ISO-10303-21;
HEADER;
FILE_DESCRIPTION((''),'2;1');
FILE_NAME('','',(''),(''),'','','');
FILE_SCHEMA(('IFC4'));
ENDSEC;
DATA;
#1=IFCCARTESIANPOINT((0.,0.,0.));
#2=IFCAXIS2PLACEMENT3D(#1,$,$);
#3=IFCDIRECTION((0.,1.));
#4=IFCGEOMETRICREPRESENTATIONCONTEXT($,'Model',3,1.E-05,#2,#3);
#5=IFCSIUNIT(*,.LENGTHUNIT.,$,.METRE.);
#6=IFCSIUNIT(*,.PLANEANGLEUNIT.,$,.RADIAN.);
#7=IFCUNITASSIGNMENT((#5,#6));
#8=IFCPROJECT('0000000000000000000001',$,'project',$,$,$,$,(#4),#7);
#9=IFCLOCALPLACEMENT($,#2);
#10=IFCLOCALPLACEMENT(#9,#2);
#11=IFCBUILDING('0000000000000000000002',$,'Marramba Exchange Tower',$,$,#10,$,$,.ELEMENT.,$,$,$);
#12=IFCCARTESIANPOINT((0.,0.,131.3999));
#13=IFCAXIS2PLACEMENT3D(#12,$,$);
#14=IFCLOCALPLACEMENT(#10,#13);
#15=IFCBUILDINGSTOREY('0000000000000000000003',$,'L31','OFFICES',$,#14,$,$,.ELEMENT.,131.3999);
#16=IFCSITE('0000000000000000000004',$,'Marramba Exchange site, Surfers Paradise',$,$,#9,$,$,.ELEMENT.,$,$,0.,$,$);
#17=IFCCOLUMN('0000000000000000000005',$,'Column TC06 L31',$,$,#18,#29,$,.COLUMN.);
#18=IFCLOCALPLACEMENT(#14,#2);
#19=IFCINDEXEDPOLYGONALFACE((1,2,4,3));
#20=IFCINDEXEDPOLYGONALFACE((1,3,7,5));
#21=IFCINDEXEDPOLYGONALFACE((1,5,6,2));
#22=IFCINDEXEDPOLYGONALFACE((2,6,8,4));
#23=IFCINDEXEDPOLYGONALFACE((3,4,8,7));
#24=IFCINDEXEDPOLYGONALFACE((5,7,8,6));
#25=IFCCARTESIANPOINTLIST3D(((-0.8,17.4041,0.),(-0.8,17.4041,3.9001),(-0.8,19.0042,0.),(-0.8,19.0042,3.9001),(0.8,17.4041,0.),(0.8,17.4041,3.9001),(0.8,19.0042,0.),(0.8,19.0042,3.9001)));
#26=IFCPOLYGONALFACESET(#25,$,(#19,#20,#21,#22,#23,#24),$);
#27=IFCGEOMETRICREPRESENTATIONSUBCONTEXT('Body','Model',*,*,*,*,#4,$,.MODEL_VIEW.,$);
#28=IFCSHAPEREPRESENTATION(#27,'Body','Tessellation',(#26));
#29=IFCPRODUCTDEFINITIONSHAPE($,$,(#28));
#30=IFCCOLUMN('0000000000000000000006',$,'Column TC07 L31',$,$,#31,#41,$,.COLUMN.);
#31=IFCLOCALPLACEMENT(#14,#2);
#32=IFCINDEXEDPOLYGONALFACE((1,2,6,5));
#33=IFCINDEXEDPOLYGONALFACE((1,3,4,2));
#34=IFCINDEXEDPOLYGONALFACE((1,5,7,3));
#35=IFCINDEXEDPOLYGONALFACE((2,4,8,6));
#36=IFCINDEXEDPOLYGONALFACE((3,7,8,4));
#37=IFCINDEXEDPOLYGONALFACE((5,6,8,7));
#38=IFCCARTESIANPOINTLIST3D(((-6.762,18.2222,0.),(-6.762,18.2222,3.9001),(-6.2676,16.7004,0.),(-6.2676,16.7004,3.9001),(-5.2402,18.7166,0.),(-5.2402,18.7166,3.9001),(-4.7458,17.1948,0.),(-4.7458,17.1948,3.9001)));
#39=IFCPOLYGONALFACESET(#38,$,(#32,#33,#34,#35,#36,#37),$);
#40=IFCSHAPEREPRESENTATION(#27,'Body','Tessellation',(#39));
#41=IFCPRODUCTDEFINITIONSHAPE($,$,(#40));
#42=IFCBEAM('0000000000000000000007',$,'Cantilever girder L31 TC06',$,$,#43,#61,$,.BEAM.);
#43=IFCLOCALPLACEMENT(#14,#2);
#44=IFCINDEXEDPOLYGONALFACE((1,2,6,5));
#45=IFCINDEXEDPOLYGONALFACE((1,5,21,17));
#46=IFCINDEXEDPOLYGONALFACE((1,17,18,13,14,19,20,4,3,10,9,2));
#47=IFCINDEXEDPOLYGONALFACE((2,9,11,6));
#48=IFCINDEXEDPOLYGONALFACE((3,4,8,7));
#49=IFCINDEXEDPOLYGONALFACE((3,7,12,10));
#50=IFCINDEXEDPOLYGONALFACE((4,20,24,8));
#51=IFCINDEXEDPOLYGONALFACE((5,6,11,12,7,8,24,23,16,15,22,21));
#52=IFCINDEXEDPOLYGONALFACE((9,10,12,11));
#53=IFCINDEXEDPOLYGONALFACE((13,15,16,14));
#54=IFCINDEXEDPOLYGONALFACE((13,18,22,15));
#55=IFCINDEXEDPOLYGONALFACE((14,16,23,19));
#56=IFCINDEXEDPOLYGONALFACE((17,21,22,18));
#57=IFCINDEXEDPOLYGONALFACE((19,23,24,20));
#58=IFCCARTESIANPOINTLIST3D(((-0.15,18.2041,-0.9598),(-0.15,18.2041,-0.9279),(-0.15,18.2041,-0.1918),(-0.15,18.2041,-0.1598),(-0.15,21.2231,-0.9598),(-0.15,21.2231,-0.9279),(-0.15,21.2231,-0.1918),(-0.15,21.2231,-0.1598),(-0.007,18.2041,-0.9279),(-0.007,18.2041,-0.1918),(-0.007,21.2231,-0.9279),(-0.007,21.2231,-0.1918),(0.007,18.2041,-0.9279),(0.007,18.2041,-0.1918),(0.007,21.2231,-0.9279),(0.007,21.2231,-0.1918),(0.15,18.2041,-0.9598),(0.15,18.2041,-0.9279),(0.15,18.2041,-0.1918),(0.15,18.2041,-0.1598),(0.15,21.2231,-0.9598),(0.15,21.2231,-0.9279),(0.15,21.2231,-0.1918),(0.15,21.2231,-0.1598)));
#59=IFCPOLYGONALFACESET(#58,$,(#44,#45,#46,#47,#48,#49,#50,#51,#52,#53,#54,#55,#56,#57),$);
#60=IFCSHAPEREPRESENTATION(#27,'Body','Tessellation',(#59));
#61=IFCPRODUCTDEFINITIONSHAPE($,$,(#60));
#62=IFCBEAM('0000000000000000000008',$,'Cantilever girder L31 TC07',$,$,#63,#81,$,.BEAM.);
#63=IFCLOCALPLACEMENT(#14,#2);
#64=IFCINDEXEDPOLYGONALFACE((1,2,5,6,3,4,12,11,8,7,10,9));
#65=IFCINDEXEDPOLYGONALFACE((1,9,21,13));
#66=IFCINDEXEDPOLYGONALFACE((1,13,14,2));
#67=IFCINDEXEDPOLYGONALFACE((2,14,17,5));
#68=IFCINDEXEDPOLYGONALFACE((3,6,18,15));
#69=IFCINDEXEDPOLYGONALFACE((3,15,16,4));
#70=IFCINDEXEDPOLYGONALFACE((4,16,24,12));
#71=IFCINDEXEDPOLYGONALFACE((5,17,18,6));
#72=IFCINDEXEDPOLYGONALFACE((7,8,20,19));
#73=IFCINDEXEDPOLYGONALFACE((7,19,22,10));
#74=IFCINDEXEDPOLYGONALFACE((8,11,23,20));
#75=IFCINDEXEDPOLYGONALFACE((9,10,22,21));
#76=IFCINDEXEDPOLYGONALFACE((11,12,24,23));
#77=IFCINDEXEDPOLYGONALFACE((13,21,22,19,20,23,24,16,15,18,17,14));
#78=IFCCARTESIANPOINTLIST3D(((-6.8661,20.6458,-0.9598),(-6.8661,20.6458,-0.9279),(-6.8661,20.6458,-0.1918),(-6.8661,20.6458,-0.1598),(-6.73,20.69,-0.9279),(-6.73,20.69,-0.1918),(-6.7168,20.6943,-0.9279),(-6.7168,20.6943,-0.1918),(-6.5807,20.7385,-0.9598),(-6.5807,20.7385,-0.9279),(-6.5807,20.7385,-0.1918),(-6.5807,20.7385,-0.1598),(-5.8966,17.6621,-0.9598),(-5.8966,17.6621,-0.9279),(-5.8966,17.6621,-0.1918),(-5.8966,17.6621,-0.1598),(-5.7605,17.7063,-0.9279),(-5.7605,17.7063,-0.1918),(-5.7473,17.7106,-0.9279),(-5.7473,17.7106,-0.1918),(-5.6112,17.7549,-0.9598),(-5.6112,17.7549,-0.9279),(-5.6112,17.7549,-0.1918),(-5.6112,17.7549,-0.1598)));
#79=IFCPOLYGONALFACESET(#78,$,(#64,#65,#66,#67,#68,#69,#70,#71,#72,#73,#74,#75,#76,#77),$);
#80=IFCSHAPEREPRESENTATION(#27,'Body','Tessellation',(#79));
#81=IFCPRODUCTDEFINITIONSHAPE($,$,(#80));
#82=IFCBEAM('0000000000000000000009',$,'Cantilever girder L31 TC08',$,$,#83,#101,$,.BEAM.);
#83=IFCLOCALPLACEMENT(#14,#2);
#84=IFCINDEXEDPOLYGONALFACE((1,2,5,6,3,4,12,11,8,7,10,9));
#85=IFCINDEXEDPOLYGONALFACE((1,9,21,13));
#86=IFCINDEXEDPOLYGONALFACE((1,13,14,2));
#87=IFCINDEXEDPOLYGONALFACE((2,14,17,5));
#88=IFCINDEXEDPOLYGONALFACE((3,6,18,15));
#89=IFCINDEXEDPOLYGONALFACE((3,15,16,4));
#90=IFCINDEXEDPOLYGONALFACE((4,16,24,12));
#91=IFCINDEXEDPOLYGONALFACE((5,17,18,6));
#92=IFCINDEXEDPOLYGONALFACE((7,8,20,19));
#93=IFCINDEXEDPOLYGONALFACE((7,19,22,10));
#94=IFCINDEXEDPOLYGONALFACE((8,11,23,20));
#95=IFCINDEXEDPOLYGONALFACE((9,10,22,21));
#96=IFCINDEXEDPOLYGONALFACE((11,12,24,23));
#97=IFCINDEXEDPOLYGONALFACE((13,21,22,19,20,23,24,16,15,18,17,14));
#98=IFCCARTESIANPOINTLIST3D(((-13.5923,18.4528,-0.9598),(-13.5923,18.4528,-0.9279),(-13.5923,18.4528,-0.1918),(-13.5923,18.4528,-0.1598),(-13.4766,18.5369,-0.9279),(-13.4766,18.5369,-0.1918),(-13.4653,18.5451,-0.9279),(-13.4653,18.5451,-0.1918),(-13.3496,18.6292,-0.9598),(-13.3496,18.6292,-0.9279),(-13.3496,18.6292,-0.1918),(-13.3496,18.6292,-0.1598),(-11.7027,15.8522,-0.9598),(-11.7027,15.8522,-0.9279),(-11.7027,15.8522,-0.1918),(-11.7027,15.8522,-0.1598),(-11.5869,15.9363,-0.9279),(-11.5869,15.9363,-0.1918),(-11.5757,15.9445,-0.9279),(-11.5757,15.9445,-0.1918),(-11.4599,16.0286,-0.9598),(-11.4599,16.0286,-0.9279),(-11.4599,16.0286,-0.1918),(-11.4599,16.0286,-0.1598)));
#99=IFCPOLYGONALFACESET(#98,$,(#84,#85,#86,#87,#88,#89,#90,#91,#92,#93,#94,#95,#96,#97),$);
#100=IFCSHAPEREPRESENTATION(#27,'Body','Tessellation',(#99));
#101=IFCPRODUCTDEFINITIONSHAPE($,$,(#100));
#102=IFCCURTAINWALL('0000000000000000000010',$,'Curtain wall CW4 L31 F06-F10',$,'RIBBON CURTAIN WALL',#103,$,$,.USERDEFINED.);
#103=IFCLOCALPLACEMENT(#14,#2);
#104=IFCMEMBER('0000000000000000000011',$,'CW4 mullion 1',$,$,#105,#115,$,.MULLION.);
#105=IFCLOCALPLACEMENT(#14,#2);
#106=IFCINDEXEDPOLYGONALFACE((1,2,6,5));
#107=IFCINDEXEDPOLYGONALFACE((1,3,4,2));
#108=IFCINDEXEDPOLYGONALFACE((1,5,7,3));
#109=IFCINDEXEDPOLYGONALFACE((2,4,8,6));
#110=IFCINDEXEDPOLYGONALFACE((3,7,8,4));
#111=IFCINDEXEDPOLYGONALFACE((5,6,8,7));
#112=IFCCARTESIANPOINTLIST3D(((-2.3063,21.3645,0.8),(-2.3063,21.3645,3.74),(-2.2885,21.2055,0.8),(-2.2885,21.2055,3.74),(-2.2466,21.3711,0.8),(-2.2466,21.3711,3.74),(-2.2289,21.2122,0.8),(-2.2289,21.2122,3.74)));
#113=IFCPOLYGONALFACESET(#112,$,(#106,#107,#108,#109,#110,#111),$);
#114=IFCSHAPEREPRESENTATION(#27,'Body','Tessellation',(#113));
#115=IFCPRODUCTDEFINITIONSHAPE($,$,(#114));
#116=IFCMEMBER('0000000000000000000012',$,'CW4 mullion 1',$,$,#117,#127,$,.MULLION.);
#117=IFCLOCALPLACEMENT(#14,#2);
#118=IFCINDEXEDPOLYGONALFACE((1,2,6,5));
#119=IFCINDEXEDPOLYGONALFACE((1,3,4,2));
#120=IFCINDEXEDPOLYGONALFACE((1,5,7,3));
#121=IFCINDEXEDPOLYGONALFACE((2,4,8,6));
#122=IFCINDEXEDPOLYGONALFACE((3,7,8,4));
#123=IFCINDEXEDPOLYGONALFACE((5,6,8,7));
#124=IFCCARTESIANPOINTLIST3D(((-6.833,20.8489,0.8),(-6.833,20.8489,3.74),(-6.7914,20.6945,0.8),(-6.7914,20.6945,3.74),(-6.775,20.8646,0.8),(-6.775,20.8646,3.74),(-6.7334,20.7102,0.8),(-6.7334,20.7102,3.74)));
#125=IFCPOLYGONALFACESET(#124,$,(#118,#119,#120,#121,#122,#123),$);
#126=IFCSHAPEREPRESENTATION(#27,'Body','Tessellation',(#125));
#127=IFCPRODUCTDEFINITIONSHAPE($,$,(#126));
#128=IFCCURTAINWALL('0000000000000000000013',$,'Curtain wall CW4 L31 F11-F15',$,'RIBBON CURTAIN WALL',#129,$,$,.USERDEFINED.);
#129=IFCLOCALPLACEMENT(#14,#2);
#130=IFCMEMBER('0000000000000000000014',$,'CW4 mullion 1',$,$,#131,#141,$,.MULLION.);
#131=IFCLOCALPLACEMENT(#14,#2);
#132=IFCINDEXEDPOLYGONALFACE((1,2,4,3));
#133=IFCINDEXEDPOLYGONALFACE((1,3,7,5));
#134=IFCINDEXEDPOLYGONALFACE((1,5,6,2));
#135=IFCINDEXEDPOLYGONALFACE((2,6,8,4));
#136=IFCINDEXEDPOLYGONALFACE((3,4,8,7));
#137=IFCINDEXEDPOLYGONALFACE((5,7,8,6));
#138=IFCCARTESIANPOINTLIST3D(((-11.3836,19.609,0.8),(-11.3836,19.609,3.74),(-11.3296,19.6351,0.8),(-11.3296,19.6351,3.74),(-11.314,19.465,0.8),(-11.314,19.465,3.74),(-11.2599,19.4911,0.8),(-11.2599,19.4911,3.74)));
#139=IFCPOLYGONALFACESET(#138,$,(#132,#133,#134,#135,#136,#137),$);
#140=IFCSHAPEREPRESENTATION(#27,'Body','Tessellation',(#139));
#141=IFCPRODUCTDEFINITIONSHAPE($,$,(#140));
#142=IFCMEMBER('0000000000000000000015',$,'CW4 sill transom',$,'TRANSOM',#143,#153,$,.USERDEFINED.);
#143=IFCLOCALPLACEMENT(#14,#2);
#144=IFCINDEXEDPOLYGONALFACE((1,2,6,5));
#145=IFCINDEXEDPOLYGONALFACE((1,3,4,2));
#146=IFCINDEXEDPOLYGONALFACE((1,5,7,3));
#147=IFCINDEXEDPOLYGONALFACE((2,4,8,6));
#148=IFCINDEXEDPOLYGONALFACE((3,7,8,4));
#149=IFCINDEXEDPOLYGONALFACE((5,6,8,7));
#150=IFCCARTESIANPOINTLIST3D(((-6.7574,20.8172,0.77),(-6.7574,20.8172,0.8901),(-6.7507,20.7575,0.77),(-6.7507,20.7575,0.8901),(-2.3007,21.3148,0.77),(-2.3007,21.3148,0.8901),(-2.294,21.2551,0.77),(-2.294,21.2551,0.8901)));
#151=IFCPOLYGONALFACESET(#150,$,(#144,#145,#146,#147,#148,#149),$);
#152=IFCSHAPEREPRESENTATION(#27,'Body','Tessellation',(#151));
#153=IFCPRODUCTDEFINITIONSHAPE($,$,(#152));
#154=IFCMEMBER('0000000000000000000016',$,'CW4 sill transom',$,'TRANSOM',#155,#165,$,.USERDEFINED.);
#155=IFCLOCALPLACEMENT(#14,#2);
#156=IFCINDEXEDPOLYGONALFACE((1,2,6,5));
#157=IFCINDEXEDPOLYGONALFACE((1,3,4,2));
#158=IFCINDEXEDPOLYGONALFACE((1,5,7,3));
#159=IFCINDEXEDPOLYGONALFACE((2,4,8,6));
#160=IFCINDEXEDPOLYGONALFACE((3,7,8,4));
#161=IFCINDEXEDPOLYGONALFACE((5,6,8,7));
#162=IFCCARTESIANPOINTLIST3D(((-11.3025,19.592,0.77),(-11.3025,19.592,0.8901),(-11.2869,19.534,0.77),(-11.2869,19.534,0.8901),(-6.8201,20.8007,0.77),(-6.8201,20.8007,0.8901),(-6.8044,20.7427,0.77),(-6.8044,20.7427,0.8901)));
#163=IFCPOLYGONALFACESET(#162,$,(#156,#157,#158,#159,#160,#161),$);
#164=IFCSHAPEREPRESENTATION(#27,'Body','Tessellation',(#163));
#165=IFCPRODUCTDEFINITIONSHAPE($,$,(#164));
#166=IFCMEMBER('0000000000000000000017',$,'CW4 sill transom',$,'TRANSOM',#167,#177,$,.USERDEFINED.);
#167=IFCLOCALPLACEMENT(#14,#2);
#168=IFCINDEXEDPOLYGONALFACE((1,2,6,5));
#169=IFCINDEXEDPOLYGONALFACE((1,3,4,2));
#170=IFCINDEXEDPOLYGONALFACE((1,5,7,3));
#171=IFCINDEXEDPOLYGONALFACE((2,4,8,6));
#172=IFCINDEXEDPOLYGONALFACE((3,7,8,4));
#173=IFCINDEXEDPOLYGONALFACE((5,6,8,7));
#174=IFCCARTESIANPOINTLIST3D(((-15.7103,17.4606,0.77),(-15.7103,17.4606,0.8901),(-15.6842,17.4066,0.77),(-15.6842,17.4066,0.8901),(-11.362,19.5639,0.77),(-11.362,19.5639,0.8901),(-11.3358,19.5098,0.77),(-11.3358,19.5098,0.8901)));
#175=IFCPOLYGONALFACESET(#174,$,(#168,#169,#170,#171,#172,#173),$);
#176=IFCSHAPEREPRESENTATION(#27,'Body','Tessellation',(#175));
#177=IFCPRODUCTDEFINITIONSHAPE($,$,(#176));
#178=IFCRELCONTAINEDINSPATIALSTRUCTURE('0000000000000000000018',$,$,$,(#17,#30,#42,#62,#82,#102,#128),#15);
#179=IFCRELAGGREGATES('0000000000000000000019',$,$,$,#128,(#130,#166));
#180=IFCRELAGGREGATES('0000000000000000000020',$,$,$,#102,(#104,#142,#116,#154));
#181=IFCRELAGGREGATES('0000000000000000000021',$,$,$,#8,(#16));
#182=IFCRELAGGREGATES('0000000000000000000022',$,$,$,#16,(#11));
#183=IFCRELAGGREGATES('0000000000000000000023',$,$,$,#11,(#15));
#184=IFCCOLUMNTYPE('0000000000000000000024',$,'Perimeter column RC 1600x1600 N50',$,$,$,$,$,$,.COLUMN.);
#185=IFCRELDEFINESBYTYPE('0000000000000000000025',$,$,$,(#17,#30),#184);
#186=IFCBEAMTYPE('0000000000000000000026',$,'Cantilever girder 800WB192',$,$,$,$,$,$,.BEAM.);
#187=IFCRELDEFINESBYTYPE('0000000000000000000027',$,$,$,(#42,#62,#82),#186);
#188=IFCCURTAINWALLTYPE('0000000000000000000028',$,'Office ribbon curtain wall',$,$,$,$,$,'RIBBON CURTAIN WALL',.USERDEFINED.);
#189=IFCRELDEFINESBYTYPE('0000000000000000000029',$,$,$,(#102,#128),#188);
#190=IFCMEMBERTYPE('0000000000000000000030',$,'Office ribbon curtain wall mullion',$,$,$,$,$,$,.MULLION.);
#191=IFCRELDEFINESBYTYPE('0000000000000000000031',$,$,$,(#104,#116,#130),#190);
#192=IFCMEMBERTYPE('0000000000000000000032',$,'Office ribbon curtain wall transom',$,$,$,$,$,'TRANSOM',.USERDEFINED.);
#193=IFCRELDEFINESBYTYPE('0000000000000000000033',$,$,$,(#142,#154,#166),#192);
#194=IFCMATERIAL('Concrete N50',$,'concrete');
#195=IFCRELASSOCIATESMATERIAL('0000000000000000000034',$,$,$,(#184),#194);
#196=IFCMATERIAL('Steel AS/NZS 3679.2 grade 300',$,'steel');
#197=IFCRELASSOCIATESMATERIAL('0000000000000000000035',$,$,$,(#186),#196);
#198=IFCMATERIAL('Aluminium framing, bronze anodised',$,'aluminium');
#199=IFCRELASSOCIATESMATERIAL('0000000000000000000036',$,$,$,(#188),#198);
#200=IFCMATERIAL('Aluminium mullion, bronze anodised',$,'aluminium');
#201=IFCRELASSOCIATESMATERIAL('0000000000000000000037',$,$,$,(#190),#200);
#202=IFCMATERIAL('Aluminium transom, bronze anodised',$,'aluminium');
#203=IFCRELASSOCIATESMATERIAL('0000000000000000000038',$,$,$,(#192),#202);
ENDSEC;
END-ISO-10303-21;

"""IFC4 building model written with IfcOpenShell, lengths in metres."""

from ifc_helpers import new_model, si_unit, direction, frame, origin, origin_2d, place, context, subcontext, project, spatial, rectangle, i_section, extrude, material, material_profile, profile_set, type_object, element, aggregate, save


model = new_model("IFC4")

# Units and contexts
model_context = context("Model", 3, precision=1e-05, world=origin(), true_north=direction((0.0, 1.0)))
body_context = subcontext(model_context, "Body", "Model", "MODEL_VIEW")
ifc_project = project(units=[si_unit("LENGTHUNIT", "METRE"), si_unit("PLANEANGLEUNIT", "RADIAN")], contexts=[model_context])

# Site, building, storey
site_placement = place(None, origin())
site = spatial("IfcSite", under=ifc_project, at=site_placement, Name="Marramba Exchange site, Surfers Paradise", CompositionType="ELEMENT", RefElevation=0.0)
building_placement = place(site_placement, origin())
building = spatial("IfcBuilding", under=site, at=building_placement, Name="Marramba Exchange Tower", CompositionType="ELEMENT")
storey_placement = place(building_placement, frame((0.0, 0.0, 131.3999)))
storey = spatial("IfcBuildingStorey", under=building, at=storey_placement, Name="L31", Description="OFFICES", CompositionType="ELEMENT", Elevation=131.3999)

# Columns
ifc_material_1 = material(Name="Concrete N50", Category="concrete")
ifc_material_profile_1 = material_profile(ifc_material_1, rectangle(XDim=1.6001, YDim=1.6001, at=origin_2d()), Name="RC 1600x1600")
ifc_profile_set_1 = profile_set([ifc_material_profile_1], Name="Concrete N50")
column_type = type_object("IfcColumnType", Name="Perimeter column RC 1600x1600 N50", PredefinedType="COLUMN", material=ifc_profile_set_1)
for number, where, z_axis, x_axis, name in (
    (1, (0.0, 18.2041, 0.0), (0.0, 0.0, 1.0), (0.0, 1.0, 0.0), "Column TC06 L31"),
    (2, (-5.7539, 17.7085, 0.0), (0.0, 0.0, 1.0), (-0.309017, 0.951057, 0.0), "Column TC07 L31"),
):
    element("IfcColumn", number, at=place(storey_placement, frame(where, z_axis=z_axis, x_axis=x_axis)), inside=storey, type_object=column_type, Name=name, PredefinedType="COLUMN", context=body_context, shape_type="SweptSolid", body=[
        extrude(rectangle(XDim=1.6001, YDim=1.6001, at=origin_2d()), origin(), (0.0, 0.0, 1.0), 3.9001),
    ])

# Beams
ifc_material_2 = material(Name="Steel AS/NZS 3679.2 grade 300", Category="steel")
ifc_material_profile_2 = material_profile(ifc_material_2, i_section(OverallWidth=0.3, OverallDepth=0.8, WebThickness=0.0139, FlangeThickness=0.032, at=origin_2d()), Name="800WB192")
ifc_profile_set_2 = profile_set([ifc_material_profile_2], Name="Steel AS/NZS 3679.2 grade 300")
beam_type_1 = type_object("IfcBeamType", Name="Cantilever girder 800WB192", PredefinedType="BEAM", material=ifc_profile_set_2)
beam_1_placement = place(storey_placement, frame((0.0, 18.2041, -0.5598), z_axis=(0.0, 1.0, 0.0), x_axis=(-1.0, 0.0, 0.0)))
element("IfcBeam", 3, at=beam_1_placement, inside=storey, type_object=beam_type_1, Name="Cantilever girder L31 TC06", PredefinedType="BEAM", context=body_context, shape_type="SweptSolid", body=[
    extrude(i_section(OverallWidth=0.3, OverallDepth=0.8, WebThickness=0.0139, FlangeThickness=0.032, at=origin_2d()), origin(), (0.0, 0.0, 1.0), 3.019),
])
beam_2_placement = place(storey_placement, frame((-5.7539, 17.7085, -0.5598), z_axis=(-0.309028, 0.951053, 0.0), x_axis=(-0.951053, -0.309028, 0.0)))
element("IfcBeam", 4, at=beam_2_placement, inside=storey, type_object=beam_type_1, Name="Cantilever girder L31 TC07", PredefinedType="BEAM", context=body_context, shape_type="SweptSolid", body=[
    extrude(i_section(OverallWidth=0.3, OverallDepth=0.8, WebThickness=0.0139, FlangeThickness=0.032, at=origin_2d()), origin(), (0.0, 0.0, 1.0), 3.1372),
])
beam_3_placement = place(storey_placement, frame((-11.5813, 15.9404, -0.5598), z_axis=(-0.587828, 0.808986, 0.0), x_axis=(-0.808986, -0.587828, 0.0)))
element("IfcBeam", 5, at=beam_3_placement, inside=storey, type_object=beam_type_1, Name="Cantilever girder L31 TC08", PredefinedType="BEAM", context=body_context, shape_type="SweptSolid", body=[
    extrude(i_section(OverallWidth=0.3, OverallDepth=0.8, WebThickness=0.0139, FlangeThickness=0.032, at=origin_2d()), origin(), (0.0, 0.0, 1.0), 3.2146),
])

# Curtain wall, members
ifc_material_3 = material(Name="Aluminium framing, bronze anodised", Category="aluminium")
curtain_wall_type = type_object("IfcCurtainWallType", Name="Office ribbon curtain wall", ElementType="RIBBON CURTAIN WALL", PredefinedType="USERDEFINED", material=ifc_material_3)
curtain_wall_1_placement = place(storey_placement, origin())
curtain_wall_1 = element("IfcCurtainWall", 6, at=curtain_wall_1_placement, inside=storey, type_object=curtain_wall_type, Name="Curtain wall CW4 L31 F06-F10", ObjectType="RIBBON CURTAIN WALL", PredefinedType="USERDEFINED")
ifc_material_4 = material(Name="Aluminium mullion, bronze anodised", Category="aluminium")
ifc_material_profile_3 = material_profile(ifc_material_4, rectangle(XDim=0.1599, YDim=0.0601, at=origin_2d()), Name="CW4 mullion 60x160")
ifc_profile_set_3 = profile_set([ifc_material_profile_3], Name="Aluminium mullion, bronze anodised")
member_type_1 = type_object("IfcMemberType", Name="Office ribbon curtain wall mullion", PredefinedType="MULLION", material=ifc_profile_set_3)
member_1_placement = place(storey_placement, frame((-2.2676, 21.2883, 0.8), z_axis=(0.0, 0.0, 1.0), x_axis=(0.110973, -0.993823, 0.0)))
member_1 = element("IfcMember", 7, at=member_1_placement, type_object=member_type_1, Name="CW4 mullion 1", PredefinedType="MULLION", context=body_context, shape_type="SweptSolid", body=[
    extrude(rectangle(XDim=0.1599, YDim=0.0601, at=origin_2d()), origin(), (0.0, 0.0, 1.0), 2.9399),
])
member_2_placement = place(storey_placement, frame((-6.7832, 20.7795, 0.8), z_axis=(0.0, 0.0, 1.0), x_axis=(0.260321, -0.965522, 0.0)))
member_2 = element("IfcMember", 8, at=member_2_placement, type_object=member_type_1, Name="CW4 mullion 1", PredefinedType="MULLION", context=body_context, shape_type="SweptSolid", body=[
    extrude(rectangle(XDim=0.1599, YDim=0.0601, at=origin_2d()), origin(), (0.0, 0.0, 1.0), 2.9399),
])

# Curtain wall, member
curtain_wall_2_placement = place(storey_placement, origin())
curtain_wall_2 = element("IfcCurtainWall", 9, at=curtain_wall_2_placement, inside=storey, type_object=curtain_wall_type, Name="Curtain wall CW4 L31 F11-F15", ObjectType="RIBBON CURTAIN WALL", PredefinedType="USERDEFINED")
member_3_placement = place(storey_placement, frame((-11.3218, 19.55, 0.8), z_axis=(0.0, 0.0, 1.0), x_axis=(0.435428, -0.900224, 0.0)))
member_3 = element("IfcMember", 10, at=member_3_placement, type_object=member_type_1, Name="CW4 mullion 1", PredefinedType="MULLION", context=body_context, shape_type="SweptSolid", body=[
    extrude(rectangle(XDim=0.1599, YDim=0.0601, at=origin_2d()), origin(), (0.0, 0.0, 1.0), 2.9399),
])

# Members
ifc_material_5 = material(Name="Aluminium transom, bronze anodised", Category="aluminium")
ifc_material_profile_4 = material_profile(ifc_material_5, rectangle(XDim=0.0601, YDim=0.1201, at=origin_2d()), Name="CW4 transom 60x120")
ifc_profile_set_4 = profile_set([ifc_material_profile_4], Name="Aluminium transom, bronze anodised")
member_type_2 = type_object("IfcMemberType", Name="Office ribbon curtain wall transom", ElementType="TRANSOM", PredefinedType="USERDEFINED", material=ifc_profile_set_4)
member_4_placement = place(storey_placement, frame((-2.2974, 21.2849, 0.8301), z_axis=(-0.993826, -0.110951, 0.0), x_axis=(0.110951, -0.993826, 0.0)))
member_4 = element("IfcMember", 11, at=member_4_placement, type_object=member_type_2, Name="CW4 sill transom", ObjectType="TRANSOM", PredefinedType="USERDEFINED", context=body_context, shape_type="SweptSolid", body=[
    extrude(rectangle(XDim=0.0601, YDim=0.1201, at=origin_2d()), origin(), (0.0, 0.0, 1.0), 4.4844),
])
member_5_placement = place(storey_placement, frame((-6.8123, 20.7717, 0.8301), z_axis=(-0.965511, -0.260362, 0.0), x_axis=(0.260362, -0.965511, 0.0)))
member_5 = element("IfcMember", 12, at=member_5_placement, type_object=member_type_2, Name="CW4 sill transom", ObjectType="TRANSOM", PredefinedType="USERDEFINED", context=body_context, shape_type="SweptSolid", body=[
    extrude(rectangle(XDim=0.0601, YDim=0.1201, at=origin_2d()), origin(), (0.0, 0.0, 1.0), 4.6426),
])
member_6_placement = place(storey_placement, frame((-11.3489, 19.5369, 0.8301), z_axis=(-0.900223, -0.435429, 0.0), x_axis=(0.435429, -0.900223, 0.0)))
member_6 = element("IfcMember", 13, at=member_6_placement, type_object=member_type_2, Name="CW4 sill transom", ObjectType="TRANSOM", PredefinedType="USERDEFINED", context=body_context, shape_type="SweptSolid", body=[
    extrude(rectangle(XDim=0.0601, YDim=0.1201, at=origin_2d()), origin(), (0.0, 0.0, 1.0), 4.8303),
])
aggregate(curtain_wall_2, [member_3, member_6])

aggregate(curtain_wall_1, [member_1, member_4, member_2, member_5])

save(model, "model.ifc")
